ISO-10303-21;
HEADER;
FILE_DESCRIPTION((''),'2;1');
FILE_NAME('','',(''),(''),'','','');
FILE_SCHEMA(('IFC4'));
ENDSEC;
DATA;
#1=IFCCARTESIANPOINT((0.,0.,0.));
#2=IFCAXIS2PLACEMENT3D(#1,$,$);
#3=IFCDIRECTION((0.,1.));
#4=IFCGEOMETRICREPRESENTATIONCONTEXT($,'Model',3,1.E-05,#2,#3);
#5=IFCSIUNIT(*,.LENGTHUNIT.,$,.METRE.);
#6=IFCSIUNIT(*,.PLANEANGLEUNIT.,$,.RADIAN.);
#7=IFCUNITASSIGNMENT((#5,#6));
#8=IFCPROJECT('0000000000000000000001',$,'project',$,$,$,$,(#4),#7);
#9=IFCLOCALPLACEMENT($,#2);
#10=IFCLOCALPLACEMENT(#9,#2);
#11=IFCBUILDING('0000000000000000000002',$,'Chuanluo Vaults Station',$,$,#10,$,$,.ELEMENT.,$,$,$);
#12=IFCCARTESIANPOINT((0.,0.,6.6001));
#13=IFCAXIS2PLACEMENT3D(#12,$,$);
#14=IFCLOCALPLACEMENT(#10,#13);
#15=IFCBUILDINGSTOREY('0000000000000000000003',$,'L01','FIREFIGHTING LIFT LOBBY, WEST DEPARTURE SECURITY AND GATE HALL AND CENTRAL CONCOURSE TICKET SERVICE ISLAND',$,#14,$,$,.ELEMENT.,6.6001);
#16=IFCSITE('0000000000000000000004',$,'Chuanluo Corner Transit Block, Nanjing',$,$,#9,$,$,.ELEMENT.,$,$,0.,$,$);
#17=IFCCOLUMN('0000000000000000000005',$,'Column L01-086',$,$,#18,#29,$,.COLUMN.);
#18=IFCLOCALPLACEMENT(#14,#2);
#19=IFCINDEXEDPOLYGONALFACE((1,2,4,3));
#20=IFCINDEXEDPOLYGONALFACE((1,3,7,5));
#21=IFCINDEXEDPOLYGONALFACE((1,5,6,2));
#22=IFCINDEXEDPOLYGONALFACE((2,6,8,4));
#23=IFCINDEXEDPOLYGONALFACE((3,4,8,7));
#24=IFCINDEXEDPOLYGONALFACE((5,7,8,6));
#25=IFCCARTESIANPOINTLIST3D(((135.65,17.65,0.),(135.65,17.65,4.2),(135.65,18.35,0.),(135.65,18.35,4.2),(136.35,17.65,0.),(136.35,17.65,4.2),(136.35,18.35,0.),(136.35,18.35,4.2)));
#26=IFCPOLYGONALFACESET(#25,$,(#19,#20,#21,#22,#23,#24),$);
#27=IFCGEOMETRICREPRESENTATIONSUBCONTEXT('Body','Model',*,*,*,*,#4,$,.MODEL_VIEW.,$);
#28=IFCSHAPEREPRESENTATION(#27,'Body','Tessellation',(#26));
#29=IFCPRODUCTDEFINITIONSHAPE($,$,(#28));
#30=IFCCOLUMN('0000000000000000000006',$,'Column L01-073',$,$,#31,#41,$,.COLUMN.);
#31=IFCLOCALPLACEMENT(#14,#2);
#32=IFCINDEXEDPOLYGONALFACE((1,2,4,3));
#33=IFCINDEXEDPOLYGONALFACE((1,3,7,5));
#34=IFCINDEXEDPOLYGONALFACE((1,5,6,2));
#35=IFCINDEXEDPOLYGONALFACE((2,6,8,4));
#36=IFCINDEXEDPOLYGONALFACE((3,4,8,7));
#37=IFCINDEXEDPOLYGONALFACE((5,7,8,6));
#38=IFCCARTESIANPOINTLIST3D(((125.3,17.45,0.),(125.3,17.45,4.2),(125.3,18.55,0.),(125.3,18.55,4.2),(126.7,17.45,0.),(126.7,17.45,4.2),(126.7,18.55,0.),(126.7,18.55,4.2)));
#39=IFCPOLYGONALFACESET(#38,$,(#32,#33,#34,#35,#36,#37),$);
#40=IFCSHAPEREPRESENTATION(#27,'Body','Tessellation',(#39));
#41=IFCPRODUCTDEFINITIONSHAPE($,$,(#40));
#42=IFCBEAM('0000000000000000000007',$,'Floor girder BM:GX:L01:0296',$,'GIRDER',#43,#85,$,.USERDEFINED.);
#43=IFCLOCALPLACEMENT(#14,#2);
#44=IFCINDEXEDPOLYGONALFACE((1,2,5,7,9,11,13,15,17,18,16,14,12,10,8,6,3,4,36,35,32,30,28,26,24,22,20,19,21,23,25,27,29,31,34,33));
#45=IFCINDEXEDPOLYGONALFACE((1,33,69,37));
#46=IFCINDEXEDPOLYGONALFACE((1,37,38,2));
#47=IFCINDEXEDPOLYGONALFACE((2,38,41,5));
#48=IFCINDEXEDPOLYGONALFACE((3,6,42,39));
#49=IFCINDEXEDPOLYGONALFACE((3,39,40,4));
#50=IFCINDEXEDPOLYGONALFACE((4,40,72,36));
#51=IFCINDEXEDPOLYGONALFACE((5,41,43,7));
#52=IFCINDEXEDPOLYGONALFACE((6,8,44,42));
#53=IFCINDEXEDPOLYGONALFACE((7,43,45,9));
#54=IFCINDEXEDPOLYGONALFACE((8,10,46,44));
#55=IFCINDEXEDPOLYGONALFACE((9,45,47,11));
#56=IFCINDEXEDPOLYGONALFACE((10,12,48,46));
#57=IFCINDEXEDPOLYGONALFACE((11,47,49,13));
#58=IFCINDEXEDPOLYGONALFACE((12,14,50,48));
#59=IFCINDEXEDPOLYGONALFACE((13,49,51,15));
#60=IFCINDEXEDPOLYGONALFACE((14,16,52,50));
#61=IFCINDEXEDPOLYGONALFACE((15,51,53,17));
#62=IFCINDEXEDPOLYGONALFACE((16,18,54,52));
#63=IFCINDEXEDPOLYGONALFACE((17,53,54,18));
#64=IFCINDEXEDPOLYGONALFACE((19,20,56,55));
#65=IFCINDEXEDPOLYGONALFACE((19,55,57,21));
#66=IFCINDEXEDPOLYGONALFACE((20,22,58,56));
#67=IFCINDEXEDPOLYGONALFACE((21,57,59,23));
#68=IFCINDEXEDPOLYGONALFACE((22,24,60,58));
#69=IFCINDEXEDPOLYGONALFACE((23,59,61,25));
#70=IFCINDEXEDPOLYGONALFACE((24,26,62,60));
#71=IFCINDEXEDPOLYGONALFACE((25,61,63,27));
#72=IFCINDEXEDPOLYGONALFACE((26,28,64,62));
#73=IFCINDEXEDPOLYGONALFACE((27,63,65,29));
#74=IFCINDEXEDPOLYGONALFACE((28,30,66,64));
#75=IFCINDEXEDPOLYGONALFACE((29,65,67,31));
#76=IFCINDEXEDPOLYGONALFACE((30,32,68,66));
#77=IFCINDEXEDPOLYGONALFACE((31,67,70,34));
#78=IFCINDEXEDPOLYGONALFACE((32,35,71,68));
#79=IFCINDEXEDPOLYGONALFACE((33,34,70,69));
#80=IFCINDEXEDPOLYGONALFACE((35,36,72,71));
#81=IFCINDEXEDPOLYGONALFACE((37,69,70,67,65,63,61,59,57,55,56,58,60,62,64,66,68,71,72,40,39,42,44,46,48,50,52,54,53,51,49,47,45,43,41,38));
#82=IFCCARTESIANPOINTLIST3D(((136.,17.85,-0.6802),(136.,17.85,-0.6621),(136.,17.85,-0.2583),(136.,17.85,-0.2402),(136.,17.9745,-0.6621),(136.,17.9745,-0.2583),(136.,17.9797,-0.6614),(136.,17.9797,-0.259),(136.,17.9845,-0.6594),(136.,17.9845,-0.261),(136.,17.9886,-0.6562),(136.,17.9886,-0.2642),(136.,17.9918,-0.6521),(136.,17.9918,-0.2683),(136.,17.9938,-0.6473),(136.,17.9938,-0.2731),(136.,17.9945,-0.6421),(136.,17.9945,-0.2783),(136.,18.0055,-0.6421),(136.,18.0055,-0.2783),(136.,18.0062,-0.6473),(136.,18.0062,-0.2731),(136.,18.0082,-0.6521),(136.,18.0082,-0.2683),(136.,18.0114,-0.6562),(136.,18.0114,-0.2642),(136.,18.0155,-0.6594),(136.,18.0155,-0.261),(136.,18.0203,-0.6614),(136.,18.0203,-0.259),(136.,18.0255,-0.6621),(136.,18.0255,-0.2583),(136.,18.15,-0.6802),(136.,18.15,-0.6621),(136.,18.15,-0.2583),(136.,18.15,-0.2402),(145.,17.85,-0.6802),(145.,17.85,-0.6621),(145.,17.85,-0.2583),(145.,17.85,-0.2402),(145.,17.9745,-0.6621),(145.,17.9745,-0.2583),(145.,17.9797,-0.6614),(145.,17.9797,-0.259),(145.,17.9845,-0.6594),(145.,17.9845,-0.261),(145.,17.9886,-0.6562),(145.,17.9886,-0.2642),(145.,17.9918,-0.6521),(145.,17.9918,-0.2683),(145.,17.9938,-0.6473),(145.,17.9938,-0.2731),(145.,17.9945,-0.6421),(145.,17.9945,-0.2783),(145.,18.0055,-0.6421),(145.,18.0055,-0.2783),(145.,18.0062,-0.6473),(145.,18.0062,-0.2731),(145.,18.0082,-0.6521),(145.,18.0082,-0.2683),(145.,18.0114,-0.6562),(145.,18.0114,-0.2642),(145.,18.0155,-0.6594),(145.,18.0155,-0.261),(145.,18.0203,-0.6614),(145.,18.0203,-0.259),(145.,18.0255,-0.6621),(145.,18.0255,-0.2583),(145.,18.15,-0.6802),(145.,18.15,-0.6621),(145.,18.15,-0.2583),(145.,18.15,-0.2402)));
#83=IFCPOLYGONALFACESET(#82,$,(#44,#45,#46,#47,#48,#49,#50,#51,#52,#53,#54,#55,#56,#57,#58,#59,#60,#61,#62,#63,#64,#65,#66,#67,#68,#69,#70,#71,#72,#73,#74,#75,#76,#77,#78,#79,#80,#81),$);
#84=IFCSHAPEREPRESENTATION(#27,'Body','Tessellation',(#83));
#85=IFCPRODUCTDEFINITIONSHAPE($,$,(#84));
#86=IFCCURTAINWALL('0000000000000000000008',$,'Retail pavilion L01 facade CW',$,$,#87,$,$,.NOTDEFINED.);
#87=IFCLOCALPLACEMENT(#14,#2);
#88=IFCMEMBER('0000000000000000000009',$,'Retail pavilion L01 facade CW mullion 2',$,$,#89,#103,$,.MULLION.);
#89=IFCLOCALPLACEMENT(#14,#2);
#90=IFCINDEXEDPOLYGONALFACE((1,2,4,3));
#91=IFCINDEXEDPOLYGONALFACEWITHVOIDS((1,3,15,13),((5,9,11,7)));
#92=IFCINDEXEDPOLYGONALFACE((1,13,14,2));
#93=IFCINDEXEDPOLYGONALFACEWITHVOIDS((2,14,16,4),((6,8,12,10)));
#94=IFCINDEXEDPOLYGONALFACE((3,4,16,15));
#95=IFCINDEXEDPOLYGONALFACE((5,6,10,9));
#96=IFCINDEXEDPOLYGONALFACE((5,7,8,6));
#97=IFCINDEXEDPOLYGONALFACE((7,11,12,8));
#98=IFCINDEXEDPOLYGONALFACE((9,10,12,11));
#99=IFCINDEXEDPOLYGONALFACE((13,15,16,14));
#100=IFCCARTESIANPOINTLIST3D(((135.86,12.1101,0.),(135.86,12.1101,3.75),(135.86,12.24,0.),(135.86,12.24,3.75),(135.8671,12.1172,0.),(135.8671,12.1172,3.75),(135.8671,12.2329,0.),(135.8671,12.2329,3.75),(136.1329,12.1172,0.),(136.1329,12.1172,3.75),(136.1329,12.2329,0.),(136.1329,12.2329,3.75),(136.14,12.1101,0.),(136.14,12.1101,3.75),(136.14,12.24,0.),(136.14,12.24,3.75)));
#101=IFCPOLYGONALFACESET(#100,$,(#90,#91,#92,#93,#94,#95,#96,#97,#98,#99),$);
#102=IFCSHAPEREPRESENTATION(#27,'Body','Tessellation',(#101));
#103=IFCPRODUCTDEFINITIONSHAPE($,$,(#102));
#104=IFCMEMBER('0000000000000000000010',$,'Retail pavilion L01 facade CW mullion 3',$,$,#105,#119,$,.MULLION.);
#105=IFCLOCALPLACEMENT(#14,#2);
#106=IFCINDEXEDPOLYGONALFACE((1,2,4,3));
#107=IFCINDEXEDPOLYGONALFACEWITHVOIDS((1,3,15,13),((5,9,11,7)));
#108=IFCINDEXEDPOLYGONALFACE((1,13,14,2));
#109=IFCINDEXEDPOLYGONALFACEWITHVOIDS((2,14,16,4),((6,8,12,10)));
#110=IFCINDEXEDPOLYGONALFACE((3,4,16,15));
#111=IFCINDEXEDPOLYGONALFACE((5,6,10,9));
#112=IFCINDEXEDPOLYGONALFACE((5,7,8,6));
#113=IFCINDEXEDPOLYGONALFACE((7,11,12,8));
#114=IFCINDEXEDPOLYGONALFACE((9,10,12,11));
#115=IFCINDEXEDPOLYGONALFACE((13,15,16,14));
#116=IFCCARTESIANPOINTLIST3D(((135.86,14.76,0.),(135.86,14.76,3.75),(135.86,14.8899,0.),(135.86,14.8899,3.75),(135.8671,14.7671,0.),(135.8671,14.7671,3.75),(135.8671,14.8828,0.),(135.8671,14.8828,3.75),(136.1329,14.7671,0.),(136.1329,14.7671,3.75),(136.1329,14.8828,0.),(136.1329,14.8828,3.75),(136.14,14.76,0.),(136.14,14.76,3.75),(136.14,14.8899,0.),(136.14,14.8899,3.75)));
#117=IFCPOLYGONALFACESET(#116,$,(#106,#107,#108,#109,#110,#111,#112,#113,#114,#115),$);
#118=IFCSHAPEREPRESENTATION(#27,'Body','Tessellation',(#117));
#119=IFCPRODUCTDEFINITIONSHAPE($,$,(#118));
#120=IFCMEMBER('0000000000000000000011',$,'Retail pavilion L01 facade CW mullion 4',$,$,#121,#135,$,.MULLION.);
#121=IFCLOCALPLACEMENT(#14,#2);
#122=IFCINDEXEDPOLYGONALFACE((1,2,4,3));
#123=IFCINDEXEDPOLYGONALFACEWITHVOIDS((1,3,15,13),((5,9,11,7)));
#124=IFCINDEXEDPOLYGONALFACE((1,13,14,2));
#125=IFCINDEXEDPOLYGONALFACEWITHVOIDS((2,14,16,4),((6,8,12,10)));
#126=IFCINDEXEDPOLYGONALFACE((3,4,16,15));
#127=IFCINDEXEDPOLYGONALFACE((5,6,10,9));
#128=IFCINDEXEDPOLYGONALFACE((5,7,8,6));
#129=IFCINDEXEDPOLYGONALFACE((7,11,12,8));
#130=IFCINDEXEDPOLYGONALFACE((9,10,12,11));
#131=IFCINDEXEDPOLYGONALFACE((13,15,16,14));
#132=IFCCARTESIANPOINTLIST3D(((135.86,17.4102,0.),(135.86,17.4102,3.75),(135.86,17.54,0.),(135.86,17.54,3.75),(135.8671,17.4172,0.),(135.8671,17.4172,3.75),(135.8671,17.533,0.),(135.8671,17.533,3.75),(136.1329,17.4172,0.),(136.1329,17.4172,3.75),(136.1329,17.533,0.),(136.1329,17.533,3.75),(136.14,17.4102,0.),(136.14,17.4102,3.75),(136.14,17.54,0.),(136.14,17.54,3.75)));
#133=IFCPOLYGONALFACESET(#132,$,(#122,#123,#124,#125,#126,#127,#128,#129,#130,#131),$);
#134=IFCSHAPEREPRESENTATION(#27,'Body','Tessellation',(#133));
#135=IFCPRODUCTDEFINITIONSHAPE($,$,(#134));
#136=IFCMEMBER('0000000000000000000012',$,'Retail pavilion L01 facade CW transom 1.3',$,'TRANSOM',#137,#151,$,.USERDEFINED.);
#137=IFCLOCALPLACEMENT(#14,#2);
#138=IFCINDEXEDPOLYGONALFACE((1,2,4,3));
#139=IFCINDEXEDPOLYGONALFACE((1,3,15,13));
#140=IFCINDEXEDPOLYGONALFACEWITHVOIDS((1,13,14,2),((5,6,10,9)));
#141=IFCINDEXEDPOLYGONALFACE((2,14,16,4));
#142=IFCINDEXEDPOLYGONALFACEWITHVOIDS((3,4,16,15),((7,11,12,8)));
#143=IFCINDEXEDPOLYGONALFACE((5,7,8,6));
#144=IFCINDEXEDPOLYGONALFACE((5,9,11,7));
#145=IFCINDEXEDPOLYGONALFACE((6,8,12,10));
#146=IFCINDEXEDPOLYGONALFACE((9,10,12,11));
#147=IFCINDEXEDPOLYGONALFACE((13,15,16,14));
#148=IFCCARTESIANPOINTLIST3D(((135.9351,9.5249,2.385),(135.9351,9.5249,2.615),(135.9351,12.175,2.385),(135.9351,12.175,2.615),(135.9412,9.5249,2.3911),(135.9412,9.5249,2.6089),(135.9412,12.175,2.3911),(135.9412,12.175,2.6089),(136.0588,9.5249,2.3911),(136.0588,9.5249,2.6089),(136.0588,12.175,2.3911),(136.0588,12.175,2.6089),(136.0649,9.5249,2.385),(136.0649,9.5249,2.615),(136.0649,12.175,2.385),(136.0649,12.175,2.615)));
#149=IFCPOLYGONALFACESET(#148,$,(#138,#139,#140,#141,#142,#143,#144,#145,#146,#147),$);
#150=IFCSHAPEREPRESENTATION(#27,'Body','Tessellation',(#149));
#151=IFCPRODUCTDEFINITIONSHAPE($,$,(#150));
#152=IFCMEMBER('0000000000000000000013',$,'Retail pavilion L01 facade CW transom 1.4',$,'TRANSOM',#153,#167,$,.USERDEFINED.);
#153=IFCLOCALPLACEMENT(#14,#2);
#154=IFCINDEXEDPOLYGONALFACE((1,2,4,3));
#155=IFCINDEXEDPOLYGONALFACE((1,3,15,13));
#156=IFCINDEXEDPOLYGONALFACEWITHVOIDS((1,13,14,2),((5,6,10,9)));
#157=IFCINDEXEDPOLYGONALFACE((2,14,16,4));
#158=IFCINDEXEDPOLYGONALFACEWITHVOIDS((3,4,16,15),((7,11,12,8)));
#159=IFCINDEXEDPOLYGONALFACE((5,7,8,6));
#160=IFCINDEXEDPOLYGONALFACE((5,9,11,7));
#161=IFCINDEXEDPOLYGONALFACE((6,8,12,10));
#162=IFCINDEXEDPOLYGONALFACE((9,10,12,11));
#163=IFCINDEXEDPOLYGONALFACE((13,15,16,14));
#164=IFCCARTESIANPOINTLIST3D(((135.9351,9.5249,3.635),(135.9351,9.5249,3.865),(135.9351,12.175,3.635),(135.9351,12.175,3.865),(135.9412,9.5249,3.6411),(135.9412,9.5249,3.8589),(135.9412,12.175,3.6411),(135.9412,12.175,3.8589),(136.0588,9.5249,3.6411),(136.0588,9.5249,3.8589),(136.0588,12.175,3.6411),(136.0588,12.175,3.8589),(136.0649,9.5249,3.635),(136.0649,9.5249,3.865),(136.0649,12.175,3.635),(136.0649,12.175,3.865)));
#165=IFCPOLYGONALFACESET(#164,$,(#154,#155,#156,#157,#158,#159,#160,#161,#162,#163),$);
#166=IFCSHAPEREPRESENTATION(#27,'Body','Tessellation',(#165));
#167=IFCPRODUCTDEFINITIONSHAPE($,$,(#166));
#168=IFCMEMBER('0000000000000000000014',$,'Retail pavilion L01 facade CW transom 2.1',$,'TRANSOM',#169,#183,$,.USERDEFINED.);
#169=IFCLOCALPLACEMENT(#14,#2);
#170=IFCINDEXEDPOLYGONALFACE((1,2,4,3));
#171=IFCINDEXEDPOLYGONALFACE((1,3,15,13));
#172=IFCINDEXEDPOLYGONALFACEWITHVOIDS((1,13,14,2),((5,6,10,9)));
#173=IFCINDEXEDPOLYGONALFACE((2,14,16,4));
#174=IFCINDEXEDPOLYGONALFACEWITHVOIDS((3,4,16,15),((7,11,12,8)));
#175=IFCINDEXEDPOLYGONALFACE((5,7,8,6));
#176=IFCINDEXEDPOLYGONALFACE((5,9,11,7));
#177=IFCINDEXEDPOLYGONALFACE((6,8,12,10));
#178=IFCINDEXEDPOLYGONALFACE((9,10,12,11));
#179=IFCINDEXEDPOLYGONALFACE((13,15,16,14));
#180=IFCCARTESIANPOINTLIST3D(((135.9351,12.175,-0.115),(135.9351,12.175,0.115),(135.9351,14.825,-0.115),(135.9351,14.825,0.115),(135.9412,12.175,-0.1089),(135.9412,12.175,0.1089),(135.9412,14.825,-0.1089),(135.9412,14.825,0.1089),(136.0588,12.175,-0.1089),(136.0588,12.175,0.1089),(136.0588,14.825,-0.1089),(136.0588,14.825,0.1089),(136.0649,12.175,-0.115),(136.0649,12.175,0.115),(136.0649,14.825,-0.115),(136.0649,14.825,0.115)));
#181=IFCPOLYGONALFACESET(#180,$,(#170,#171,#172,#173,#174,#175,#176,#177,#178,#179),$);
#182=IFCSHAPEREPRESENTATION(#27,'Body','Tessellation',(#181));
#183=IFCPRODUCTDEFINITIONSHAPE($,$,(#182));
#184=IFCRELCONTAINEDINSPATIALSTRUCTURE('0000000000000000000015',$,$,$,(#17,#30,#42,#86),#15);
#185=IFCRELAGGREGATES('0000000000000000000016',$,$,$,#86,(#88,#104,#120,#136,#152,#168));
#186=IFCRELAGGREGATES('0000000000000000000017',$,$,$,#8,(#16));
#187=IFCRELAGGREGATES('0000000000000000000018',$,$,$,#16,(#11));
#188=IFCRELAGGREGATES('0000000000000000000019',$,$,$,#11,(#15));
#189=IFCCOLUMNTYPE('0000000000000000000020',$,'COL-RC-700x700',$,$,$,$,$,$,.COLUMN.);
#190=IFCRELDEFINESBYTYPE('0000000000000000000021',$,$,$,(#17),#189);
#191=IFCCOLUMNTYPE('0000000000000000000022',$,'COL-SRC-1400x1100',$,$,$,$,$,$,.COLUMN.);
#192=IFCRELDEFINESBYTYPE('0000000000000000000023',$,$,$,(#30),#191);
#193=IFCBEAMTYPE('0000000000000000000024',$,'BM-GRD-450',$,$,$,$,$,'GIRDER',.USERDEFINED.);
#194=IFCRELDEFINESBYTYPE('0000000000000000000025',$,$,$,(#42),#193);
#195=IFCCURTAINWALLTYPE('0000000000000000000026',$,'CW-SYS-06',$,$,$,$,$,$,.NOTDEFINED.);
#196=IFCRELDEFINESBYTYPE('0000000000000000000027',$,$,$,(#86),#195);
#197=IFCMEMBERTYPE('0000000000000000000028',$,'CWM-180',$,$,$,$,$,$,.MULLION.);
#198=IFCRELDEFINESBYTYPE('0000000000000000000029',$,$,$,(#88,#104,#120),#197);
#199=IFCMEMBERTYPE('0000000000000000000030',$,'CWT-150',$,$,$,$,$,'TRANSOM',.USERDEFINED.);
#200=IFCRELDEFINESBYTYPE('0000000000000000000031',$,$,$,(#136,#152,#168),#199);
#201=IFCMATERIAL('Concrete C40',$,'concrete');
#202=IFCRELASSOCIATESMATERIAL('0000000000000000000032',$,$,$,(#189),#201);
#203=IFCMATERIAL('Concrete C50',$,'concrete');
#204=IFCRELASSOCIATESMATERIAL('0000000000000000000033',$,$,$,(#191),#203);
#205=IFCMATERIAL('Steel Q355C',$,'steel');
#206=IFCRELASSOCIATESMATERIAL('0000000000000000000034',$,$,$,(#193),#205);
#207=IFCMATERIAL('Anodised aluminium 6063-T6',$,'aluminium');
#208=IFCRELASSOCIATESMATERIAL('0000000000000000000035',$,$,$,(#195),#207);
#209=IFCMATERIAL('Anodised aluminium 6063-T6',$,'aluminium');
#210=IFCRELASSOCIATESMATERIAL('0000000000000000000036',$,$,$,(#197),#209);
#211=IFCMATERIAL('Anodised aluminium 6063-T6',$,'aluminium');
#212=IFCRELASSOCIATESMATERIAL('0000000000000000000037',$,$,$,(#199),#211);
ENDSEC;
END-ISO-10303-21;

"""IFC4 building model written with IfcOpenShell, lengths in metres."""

from ifc_helpers import new_model, si_unit, direction, frame, origin, origin_2d, place, context, subcontext, project, spatial, rectangle, hollow_rectangle, i_section, extrude, material, material_profile, profile_set, type_object, element, aggregate, save


model = new_model("IFC4")

# Units and contexts
model_context = context("Model", 3, precision=1e-05, world=origin(), true_north=direction((0.0, 1.0)))
body_context = subcontext(model_context, "Body", "Model", "MODEL_VIEW")
ifc_project = project(units=[si_unit("LENGTHUNIT", "METRE"), si_unit("PLANEANGLEUNIT", "RADIAN")], contexts=[model_context])

# Site, building, storey
site_placement = place(None, origin())
site = spatial("IfcSite", under=ifc_project, at=site_placement, Name="Chuanluo Corner Transit Block, Nanjing", CompositionType="ELEMENT", RefElevation=0.0)
building_placement = place(site_placement, origin())
building = spatial("IfcBuilding", under=site, at=building_placement, Name="Chuanluo Vaults Station", CompositionType="ELEMENT")
storey_placement = place(building_placement, frame((0.0, 0.0, 6.6001)))
storey = spatial("IfcBuildingStorey", under=building, at=storey_placement, Name="L01", Description="FIREFIGHTING LIFT LOBBY, WEST DEPARTURE SECURITY AND GATE HALL AND CENTRAL CONCOURSE TICKET SERVICE ISLAND", CompositionType="ELEMENT", Elevation=6.6001)

# Columns
ifc_material_1 = material(Name="Concrete C40", Category="concrete")
ifc_material_profile_1 = material_profile(ifc_material_1, rectangle(XDim=0.7, YDim=0.7, at=origin_2d()))
ifc_profile_set_1 = profile_set([ifc_material_profile_1], Name="Concrete C40")
column_type_1 = type_object("IfcColumnType", Name="COL-RC-700x700", PredefinedType="COLUMN", material=ifc_profile_set_1)
column_1_placement = place(storey_placement, frame((136.0, 18.0, 0.0), z_axis=(0.0, 0.0, 1.0), x_axis=(1.0, 0.0, 0.0)))
element("IfcColumn", 1, at=column_1_placement, inside=storey, type_object=column_type_1, Name="Column L01-086", PredefinedType="COLUMN", context=body_context, shape_type="SweptSolid", body=[
    extrude(rectangle(XDim=0.7, YDim=0.7, at=origin_2d()), origin(), (0.0, 0.0, 1.0), 4.2),
])
ifc_material_2 = material(Name="Concrete C50", Category="concrete")
ifc_material_profile_2 = material_profile(ifc_material_2, rectangle(XDim=1.3999, YDim=1.1001, at=origin_2d()))
ifc_profile_set_2 = profile_set([ifc_material_profile_2], Name="Concrete C50")
column_type_2 = type_object("IfcColumnType", Name="COL-SRC-1400x1100", PredefinedType="COLUMN", material=ifc_profile_set_2)
column_2_placement = place(storey_placement, frame((126.0, 18.0, 0.0), z_axis=(0.0, 0.0, 1.0), x_axis=(1.0, 0.0, 0.0)))
element("IfcColumn", 2, at=column_2_placement, inside=storey, type_object=column_type_2, Name="Column L01-073", PredefinedType="COLUMN", context=body_context, shape_type="SweptSolid", body=[
    extrude(rectangle(XDim=1.3999, YDim=1.1001, at=origin_2d()), origin(), (0.0, 0.0, 1.0), 4.2),
])

# Beam
ifc_material_3 = material(Name="Steel Q355C", Category="steel")
ifc_material_profile_3 = material_profile(ifc_material_3, i_section(OverallWidth=0.3, OverallDepth=0.4399, WebThickness=0.011, FlangeThickness=0.0181, FilletRadius=0.02, at=origin_2d()))
ifc_profile_set_3 = profile_set([ifc_material_profile_3], Name="Steel Q355C")
beam_type = type_object("IfcBeamType", Name="BM-GRD-450", ElementType="GIRDER", PredefinedType="USERDEFINED", material=ifc_profile_set_3)
beam_placement = place(storey_placement, frame((136.0, 18.0, -0.4602), z_axis=(1.0, 0.0, 0.0), x_axis=(0.0, 1.0, 0.0)))
element("IfcBeam", 3, at=beam_placement, inside=storey, type_object=beam_type, Name="Floor girder BM:GX:L01:0296", ObjectType="GIRDER", PredefinedType="USERDEFINED", context=body_context, shape_type="SweptSolid", body=[
    extrude(i_section(OverallWidth=0.3, OverallDepth=0.4399, WebThickness=0.011, FlangeThickness=0.0181, FilletRadius=0.02, at=origin_2d()), origin(), (0.0, 0.0, 1.0), 9.0),
])

# Curtain wall, members
ifc_material_4 = material(Name="Anodised aluminium 6063-T6", Category="aluminium")
curtain_wall_type = type_object("IfcCurtainWallType", Name="CW-SYS-06", PredefinedType="NOTDEFINED", material=ifc_material_4)
curtain_wall_placement = place(storey_placement, origin())
curtain_wall = element("IfcCurtainWall", 4, at=curtain_wall_placement, inside=storey, type_object=curtain_wall_type, Name="Retail pavilion L01 facade CW", PredefinedType="NOTDEFINED")
ifc_material_5 = material(Name="Anodised aluminium 6063-T6", Category="aluminium")
ifc_material_profile_4 = material_profile(ifc_material_5, hollow_rectangle(XDim=0.1299, YDim=0.28, WallThickness=0.0071, at=origin_2d()))
ifc_profile_set_4 = profile_set([ifc_material_profile_4], Name="Anodised aluminium 6063-T6")
member_type_1 = type_object("IfcMemberType", Name="CWM-180", PredefinedType="MULLION", material=ifc_profile_set_4)
member_1_placement = place(storey_placement, frame((136.0, 12.175, 0.0), z_axis=(0.0, 0.0, 1.0), x_axis=(0.0, 1.0, 0.0)))
member_1 = element("IfcMember", 5, at=member_1_placement, type_object=member_type_1, Name="Retail pavilion L01 facade CW mullion 2", PredefinedType="MULLION", context=body_context, shape_type="SweptSolid", body=[
    extrude(hollow_rectangle(XDim=0.1299, YDim=0.28, WallThickness=0.0071, at=origin_2d()), origin(), (0.0, 0.0, 1.0), 3.75),
])
member_2_placement = place(storey_placement, frame((136.0, 14.825, 0.0), z_axis=(0.0, 0.0, 1.0), x_axis=(0.0, 1.0, 0.0)))
member_2 = element("IfcMember", 6, at=member_2_placement, type_object=member_type_1, Name="Retail pavilion L01 facade CW mullion 3", PredefinedType="MULLION", context=body_context, shape_type="SweptSolid", body=[
    extrude(hollow_rectangle(XDim=0.1299, YDim=0.28, WallThickness=0.0071, at=origin_2d()), origin(), (0.0, 0.0, 1.0), 3.75),
])
member_3_placement = place(storey_placement, frame((136.0, 17.4751, 0.0), z_axis=(0.0, 0.0, 1.0), x_axis=(0.0, 1.0, 0.0)))
member_3 = element("IfcMember", 7, at=member_3_placement, type_object=member_type_1, Name="Retail pavilion L01 facade CW mullion 4", PredefinedType="MULLION", context=body_context, shape_type="SweptSolid", body=[
    extrude(hollow_rectangle(XDim=0.1299, YDim=0.28, WallThickness=0.0071, at=origin_2d()), origin(), (0.0, 0.0, 1.0), 3.75),
])
ifc_material_6 = material(Name="Anodised aluminium 6063-T6", Category="aluminium")
ifc_material_profile_5 = material_profile(ifc_material_6, hollow_rectangle(XDim=0.1299, YDim=0.23, WallThickness=0.0061, at=origin_2d()))
ifc_profile_set_5 = profile_set([ifc_material_profile_5], Name="Anodised aluminium 6063-T6")
member_type_2 = type_object("IfcMemberType", Name="CWT-150", ElementType="TRANSOM", PredefinedType="USERDEFINED", material=ifc_profile_set_5)
member_4_placement = place(storey_placement, frame((136.0, 9.5249, 2.5), z_axis=(0.0, 1.0, 0.0), x_axis=(-1.0, 0.0, 0.0)))
member_4 = element("IfcMember", 8, at=member_4_placement, type_object=member_type_2, Name="Retail pavilion L01 facade CW transom 1.3", ObjectType="TRANSOM", PredefinedType="USERDEFINED", context=body_context, shape_type="SweptSolid", body=[
    extrude(hollow_rectangle(XDim=0.1299, YDim=0.23, WallThickness=0.0061, at=origin_2d()), origin(), (0.0, 0.0, 1.0), 2.6501),
])
member_5_placement = place(storey_placement, frame((136.0, 9.5249, 3.75), z_axis=(0.0, 1.0, 0.0), x_axis=(-1.0, 0.0, 0.0)))
member_5 = element("IfcMember", 9, at=member_5_placement, type_object=member_type_2, Name="Retail pavilion L01 facade CW transom 1.4", ObjectType="TRANSOM", PredefinedType="USERDEFINED", context=body_context, shape_type="SweptSolid", body=[
    extrude(hollow_rectangle(XDim=0.1299, YDim=0.23, WallThickness=0.0061, at=origin_2d()), origin(), (0.0, 0.0, 1.0), 2.6501),
])
member_6_placement = place(storey_placement, frame((136.0, 12.175, 0.0), z_axis=(0.0, 1.0, 0.0), x_axis=(-1.0, 0.0, 0.0)))
member_6 = element("IfcMember", 10, at=member_6_placement, type_object=member_type_2, Name="Retail pavilion L01 facade CW transom 2.1", ObjectType="TRANSOM", PredefinedType="USERDEFINED", context=body_context, shape_type="SweptSolid", body=[
    extrude(hollow_rectangle(XDim=0.1299, YDim=0.23, WallThickness=0.0061, at=origin_2d()), origin(), (0.0, 0.0, 1.0), 2.6499),
])
aggregate(curtain_wall, [member_1, member_2, member_3, member_4, member_5, member_6])

save(model, "model.ifc")
